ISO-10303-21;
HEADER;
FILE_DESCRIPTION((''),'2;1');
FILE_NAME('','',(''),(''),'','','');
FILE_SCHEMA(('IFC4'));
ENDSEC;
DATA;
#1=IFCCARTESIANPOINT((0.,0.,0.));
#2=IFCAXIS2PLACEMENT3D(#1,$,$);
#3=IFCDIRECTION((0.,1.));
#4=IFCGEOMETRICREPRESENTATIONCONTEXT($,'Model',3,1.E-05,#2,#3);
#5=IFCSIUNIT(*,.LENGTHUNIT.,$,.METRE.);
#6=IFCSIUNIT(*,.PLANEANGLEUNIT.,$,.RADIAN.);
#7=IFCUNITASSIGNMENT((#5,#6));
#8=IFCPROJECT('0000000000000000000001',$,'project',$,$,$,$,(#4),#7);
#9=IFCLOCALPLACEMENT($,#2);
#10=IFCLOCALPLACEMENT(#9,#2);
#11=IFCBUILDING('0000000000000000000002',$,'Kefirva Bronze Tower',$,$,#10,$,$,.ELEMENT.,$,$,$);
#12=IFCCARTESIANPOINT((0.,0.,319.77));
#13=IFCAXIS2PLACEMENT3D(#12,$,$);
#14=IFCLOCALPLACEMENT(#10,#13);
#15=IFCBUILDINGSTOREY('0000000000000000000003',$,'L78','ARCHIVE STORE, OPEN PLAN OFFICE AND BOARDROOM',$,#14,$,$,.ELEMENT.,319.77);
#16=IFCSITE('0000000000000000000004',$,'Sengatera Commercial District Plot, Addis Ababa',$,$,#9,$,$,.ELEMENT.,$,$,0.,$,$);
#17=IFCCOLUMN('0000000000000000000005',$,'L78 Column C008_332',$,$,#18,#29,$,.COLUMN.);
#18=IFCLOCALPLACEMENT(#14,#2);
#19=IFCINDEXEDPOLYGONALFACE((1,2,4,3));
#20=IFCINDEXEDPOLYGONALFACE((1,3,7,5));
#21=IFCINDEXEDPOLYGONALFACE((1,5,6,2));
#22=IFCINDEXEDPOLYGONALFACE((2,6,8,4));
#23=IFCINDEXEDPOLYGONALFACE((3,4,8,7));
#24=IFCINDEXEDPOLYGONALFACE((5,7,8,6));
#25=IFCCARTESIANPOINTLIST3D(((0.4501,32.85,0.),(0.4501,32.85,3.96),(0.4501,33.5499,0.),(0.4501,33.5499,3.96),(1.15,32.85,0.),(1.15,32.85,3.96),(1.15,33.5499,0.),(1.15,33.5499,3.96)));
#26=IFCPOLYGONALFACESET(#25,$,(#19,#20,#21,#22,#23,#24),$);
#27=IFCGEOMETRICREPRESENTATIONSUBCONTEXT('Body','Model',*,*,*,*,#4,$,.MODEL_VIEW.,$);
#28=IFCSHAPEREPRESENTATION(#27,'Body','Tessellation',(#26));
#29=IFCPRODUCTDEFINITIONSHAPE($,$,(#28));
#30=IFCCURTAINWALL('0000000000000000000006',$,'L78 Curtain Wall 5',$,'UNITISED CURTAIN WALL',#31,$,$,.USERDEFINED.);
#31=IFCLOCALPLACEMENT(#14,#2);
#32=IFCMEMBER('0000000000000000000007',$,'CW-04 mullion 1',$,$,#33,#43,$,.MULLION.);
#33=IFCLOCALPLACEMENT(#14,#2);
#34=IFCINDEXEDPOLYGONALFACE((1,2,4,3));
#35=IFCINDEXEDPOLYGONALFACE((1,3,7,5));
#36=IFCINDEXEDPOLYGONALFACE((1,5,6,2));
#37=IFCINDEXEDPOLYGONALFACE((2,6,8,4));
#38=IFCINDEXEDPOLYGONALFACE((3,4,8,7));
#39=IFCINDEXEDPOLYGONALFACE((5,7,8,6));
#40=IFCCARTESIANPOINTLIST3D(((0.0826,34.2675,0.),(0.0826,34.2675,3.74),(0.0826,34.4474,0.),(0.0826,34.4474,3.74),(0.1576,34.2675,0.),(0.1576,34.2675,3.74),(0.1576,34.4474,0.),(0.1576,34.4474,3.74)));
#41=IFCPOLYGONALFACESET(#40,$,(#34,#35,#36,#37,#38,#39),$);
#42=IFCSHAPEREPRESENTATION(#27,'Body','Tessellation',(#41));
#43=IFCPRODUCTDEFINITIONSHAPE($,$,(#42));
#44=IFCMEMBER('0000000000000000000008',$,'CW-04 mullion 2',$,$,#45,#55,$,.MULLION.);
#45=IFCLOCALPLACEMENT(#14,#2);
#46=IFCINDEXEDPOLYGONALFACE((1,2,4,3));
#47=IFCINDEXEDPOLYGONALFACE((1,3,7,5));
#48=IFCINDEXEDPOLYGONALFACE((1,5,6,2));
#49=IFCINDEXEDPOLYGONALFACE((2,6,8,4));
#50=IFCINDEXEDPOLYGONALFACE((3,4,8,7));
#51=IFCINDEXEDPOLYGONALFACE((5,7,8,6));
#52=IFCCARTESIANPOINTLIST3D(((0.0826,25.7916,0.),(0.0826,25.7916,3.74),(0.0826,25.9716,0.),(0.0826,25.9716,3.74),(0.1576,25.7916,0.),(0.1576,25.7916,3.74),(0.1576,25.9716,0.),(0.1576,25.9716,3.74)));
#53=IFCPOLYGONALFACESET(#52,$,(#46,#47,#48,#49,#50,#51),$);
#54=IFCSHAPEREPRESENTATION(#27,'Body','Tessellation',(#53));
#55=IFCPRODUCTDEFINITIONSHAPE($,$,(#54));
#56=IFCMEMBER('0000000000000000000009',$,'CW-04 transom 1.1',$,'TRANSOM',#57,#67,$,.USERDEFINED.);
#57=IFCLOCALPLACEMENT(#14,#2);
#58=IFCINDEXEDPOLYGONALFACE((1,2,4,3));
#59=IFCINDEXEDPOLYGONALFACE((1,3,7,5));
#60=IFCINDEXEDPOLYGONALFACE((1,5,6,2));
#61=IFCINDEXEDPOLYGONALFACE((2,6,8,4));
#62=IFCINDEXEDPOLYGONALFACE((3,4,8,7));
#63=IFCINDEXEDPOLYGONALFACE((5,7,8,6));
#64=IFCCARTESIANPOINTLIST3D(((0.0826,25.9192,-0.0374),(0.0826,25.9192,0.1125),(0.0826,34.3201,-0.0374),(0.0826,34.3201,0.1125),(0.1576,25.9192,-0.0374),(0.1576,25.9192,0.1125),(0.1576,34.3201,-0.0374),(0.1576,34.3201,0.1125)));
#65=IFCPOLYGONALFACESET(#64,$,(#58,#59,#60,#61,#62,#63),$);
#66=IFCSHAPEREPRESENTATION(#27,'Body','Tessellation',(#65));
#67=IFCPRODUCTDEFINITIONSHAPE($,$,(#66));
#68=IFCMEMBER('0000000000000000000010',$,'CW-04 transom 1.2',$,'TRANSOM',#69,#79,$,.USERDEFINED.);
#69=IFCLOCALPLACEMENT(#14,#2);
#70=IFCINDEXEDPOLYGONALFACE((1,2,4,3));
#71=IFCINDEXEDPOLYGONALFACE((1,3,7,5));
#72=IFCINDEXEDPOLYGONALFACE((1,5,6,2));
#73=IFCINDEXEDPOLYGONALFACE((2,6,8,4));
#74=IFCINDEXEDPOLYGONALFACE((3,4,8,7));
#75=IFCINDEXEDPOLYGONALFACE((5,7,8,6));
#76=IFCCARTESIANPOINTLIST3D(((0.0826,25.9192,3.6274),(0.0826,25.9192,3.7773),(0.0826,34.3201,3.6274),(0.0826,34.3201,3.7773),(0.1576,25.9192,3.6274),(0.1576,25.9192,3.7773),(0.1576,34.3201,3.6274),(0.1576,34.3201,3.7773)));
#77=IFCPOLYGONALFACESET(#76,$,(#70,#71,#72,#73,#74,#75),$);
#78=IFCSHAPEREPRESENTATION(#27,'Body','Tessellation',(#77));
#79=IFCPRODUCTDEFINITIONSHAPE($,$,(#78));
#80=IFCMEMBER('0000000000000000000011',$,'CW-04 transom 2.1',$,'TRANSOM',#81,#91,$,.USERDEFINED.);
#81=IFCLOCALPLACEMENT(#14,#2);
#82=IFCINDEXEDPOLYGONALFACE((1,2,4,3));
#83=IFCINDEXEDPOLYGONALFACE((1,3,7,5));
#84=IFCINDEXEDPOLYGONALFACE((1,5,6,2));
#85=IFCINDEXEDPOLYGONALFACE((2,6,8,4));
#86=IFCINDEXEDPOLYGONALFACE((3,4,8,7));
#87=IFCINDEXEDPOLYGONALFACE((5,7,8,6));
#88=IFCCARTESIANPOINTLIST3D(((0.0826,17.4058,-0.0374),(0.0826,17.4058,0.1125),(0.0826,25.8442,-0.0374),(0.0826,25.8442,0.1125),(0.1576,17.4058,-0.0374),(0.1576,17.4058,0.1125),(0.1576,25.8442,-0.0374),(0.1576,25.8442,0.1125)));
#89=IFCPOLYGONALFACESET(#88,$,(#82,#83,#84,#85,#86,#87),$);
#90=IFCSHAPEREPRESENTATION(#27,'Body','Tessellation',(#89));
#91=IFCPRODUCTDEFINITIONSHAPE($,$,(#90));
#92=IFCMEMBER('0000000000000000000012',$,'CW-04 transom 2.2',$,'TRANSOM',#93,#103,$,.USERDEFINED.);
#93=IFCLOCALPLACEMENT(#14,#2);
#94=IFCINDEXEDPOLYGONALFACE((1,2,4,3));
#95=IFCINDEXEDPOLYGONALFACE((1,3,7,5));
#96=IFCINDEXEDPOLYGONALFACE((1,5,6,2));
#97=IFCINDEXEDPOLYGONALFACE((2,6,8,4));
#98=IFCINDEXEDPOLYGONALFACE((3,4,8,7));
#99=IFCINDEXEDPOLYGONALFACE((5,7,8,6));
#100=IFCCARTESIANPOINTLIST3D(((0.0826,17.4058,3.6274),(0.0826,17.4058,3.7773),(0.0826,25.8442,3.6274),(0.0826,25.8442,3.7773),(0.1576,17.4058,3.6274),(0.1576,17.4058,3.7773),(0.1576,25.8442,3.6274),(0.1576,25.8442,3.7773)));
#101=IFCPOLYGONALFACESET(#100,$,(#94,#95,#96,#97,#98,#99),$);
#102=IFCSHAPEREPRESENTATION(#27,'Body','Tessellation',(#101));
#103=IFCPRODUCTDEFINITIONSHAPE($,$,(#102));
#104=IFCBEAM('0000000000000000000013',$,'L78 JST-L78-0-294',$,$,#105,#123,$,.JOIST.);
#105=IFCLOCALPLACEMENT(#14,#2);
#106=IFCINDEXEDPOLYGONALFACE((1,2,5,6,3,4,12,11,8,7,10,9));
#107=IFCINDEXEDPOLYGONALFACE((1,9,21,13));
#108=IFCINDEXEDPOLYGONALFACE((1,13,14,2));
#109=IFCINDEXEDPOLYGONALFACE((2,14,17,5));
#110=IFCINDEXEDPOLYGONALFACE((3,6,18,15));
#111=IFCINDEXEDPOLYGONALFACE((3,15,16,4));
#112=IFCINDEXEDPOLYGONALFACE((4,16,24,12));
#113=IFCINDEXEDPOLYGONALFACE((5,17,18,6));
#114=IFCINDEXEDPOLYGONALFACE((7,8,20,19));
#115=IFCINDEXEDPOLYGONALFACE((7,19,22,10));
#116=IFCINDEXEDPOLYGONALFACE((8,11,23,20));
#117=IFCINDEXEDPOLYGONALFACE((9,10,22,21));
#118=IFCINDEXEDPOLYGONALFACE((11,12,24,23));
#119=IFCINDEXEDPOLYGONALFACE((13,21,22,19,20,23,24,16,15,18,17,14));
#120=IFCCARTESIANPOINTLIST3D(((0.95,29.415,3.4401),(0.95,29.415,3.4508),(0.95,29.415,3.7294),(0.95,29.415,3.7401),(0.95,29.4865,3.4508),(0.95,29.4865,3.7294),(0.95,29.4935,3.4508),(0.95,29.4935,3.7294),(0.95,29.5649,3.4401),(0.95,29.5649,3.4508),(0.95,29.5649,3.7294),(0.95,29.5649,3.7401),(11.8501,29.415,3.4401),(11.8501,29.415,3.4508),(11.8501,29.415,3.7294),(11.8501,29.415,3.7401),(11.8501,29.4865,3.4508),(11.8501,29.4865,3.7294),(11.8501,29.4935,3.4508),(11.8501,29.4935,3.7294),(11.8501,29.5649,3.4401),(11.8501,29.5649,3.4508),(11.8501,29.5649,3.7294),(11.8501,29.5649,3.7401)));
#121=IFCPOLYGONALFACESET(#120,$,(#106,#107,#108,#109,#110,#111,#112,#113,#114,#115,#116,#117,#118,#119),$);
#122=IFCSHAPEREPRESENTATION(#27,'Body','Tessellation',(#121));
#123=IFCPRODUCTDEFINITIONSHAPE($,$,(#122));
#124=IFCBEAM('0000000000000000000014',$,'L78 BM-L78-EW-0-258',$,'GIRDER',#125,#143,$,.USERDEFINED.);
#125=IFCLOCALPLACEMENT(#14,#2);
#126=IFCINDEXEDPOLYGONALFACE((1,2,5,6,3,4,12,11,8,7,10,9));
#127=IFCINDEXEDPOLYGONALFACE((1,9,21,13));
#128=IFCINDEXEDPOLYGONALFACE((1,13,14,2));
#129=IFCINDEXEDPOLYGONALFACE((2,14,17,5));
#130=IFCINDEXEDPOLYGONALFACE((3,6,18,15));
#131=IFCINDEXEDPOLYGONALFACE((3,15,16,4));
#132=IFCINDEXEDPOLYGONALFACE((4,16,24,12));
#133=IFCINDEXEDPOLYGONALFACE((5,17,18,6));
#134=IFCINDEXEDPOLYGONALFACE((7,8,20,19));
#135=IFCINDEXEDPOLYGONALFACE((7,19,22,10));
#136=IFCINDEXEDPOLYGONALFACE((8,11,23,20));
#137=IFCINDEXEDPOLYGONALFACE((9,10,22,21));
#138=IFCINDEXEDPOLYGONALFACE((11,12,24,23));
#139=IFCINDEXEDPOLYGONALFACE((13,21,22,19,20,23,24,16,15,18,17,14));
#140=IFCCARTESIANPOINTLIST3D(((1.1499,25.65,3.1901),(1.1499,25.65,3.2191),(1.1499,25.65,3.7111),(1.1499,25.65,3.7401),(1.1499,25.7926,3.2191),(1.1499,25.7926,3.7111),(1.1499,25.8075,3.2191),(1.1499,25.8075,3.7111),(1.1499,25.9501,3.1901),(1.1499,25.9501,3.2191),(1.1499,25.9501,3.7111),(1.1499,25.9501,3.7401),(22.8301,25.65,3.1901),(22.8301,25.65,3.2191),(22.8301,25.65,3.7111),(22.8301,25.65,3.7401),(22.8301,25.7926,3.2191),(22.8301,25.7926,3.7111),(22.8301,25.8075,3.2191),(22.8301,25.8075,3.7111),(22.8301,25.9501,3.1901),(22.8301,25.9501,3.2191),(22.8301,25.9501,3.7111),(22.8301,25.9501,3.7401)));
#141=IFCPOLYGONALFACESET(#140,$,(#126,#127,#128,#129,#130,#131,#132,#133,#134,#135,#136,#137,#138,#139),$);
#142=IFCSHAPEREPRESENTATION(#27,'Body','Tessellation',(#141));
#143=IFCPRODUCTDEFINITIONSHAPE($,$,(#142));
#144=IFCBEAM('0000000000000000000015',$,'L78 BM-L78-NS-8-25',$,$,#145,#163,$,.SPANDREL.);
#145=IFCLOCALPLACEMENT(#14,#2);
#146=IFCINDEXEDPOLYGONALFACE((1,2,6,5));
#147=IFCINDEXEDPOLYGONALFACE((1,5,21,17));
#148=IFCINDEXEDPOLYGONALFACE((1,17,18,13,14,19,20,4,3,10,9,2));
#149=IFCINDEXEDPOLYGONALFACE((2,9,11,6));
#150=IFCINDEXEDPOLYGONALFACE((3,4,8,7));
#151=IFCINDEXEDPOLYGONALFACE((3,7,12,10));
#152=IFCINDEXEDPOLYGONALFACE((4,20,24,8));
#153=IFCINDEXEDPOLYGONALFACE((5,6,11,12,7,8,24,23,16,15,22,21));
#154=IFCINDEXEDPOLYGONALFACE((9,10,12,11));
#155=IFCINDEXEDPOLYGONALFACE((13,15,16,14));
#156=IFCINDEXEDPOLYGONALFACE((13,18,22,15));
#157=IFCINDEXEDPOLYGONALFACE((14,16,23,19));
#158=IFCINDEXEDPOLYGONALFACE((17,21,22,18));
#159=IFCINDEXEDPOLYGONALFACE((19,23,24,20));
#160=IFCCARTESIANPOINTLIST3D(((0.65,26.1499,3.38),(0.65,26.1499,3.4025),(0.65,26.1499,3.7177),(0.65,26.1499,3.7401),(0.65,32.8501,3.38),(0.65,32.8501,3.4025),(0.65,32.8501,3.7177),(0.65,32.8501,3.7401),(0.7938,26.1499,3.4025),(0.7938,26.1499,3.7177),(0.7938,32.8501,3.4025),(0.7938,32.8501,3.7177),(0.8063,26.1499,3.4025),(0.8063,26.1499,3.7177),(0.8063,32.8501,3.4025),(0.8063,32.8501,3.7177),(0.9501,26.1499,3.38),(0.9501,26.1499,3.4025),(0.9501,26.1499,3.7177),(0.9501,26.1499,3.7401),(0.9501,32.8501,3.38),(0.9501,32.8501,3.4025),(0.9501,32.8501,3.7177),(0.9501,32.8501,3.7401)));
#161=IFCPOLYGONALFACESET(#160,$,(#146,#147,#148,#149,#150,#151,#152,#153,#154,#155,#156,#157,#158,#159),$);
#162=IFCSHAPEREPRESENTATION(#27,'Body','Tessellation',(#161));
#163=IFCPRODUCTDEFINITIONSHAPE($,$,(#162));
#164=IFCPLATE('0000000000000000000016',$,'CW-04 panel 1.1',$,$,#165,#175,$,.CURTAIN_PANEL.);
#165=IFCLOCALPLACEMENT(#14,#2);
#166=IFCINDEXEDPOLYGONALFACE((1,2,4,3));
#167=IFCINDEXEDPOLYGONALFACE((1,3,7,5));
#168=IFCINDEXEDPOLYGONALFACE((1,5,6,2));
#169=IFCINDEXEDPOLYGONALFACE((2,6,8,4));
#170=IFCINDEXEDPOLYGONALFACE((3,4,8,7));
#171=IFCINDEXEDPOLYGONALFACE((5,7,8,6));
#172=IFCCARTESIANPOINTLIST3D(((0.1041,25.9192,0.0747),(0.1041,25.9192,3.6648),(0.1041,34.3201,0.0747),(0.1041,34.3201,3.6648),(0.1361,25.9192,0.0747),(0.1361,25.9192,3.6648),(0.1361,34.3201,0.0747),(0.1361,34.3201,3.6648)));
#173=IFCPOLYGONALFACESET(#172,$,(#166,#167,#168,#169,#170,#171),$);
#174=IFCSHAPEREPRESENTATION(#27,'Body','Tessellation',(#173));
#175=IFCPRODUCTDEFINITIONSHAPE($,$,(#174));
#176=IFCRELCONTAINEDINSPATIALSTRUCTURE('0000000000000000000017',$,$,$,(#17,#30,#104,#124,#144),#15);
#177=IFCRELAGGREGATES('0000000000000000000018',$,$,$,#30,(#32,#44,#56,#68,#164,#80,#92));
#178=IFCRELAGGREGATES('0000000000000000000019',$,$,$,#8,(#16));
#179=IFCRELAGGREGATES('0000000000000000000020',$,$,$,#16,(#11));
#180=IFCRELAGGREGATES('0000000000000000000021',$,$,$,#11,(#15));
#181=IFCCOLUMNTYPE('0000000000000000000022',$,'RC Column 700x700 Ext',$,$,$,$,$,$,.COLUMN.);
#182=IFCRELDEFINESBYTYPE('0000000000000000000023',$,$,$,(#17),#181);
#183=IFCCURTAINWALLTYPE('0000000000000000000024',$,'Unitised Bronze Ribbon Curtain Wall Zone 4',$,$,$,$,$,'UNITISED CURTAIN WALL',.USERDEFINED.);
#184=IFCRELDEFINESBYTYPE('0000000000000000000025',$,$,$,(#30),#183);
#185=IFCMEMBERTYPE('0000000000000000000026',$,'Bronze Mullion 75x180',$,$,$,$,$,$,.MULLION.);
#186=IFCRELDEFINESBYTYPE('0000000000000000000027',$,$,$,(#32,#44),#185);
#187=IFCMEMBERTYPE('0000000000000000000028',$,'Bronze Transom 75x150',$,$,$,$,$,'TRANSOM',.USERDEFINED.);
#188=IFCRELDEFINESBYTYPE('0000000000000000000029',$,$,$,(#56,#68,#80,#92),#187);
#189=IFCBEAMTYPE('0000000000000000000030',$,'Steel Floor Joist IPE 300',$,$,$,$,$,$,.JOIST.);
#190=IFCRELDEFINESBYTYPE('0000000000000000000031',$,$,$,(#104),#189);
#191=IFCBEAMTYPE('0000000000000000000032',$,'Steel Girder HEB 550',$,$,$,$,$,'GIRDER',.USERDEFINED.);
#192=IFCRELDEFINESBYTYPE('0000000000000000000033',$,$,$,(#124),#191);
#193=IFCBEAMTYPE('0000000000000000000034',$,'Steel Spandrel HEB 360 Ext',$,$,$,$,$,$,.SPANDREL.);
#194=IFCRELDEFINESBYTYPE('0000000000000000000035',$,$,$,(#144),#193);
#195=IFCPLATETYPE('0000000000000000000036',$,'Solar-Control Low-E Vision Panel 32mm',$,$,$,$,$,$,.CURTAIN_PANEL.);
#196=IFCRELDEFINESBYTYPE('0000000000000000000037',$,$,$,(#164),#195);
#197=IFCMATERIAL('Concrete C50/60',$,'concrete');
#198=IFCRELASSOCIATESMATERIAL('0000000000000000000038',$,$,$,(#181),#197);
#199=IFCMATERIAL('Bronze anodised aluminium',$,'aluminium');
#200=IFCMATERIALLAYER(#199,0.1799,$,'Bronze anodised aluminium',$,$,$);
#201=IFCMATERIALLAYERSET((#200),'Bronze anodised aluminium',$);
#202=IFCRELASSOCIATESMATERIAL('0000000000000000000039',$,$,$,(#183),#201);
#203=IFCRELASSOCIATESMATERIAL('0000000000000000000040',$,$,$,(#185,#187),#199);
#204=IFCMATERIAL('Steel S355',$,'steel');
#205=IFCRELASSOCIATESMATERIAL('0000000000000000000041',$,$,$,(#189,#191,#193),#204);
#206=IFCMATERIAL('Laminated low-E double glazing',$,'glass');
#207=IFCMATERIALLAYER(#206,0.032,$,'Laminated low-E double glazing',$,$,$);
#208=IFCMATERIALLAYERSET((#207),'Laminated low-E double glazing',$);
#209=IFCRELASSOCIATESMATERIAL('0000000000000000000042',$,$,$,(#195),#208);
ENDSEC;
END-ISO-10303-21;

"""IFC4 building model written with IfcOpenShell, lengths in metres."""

from ifc_helpers import new_model, si_unit, direction, frame, origin, origin_2d, place, context, subcontext, project, spatial, rectangle, i_section, extrude, material, layer, layer_set, material_profile, profile_set, type_object, element, aggregate, save


model = new_model("IFC4")

# Units and contexts
model_context = context("Model", 3, precision=1e-05, world=origin(), true_north=direction((0.0, 1.0)))
body_context = subcontext(model_context, "Body", "Model", "MODEL_VIEW")
ifc_project = project(units=[si_unit("LENGTHUNIT", "METRE"), si_unit("PLANEANGLEUNIT", "RADIAN")], contexts=[model_context])

# Site, building, storey
site_placement = place(None, origin())
site = spatial("IfcSite", under=ifc_project, at=site_placement, Name="Sengatera Commercial District Plot, Addis Ababa", CompositionType="ELEMENT", RefElevation=0.0)
building_placement = place(site_placement, origin())
building = spatial("IfcBuilding", under=site, at=building_placement, Name="Kefirva Bronze Tower", CompositionType="ELEMENT")
storey_placement = place(building_placement, frame((0.0, 0.0, 319.77)))
storey = spatial("IfcBuildingStorey", under=building, at=storey_placement, Name="L78", Description="ARCHIVE STORE, OPEN PLAN OFFICE AND BOARDROOM", CompositionType="ELEMENT", Elevation=319.77)

# Column
ifc_material_1 = material(Name="Concrete C50/60", Category="concrete")
ifc_material_profile_1 = material_profile(ifc_material_1, rectangle(XDim=0.7, YDim=0.7, at=origin_2d()), Name="RC 700x700")
ifc_profile_set_1 = profile_set([ifc_material_profile_1], Name="Concrete C50/60")
column_type = type_object("IfcColumnType", Name="RC Column 700x700 Ext", PredefinedType="COLUMN", material=ifc_profile_set_1)
column_placement = place(storey_placement, frame((0.8, 33.2, 0.0), z_axis=(0.0, 0.0, 1.0), x_axis=(1.0, 0.0, 0.0)))
element("IfcColumn", 1, at=column_placement, inside=storey, type_object=column_type, Name="L78 Column C008_332", PredefinedType="COLUMN", context=body_context, shape_type="SweptSolid", body=[
    extrude(rectangle(XDim=0.7, YDim=0.7, at=origin_2d()), origin(), (0.0, 0.0, 1.0), 3.96),
])

# Curtain wall, members
ifc_material_2 = material(Name="Bronze anodised aluminium", Category="aluminium")
ifc_layer_1 = layer(ifc_material_2, 0.1799, Name="Bronze anodised aluminium")
ifc_layer_set_1 = layer_set([ifc_layer_1], Name="Bronze anodised aluminium")
curtain_wall_type = type_object("IfcCurtainWallType", Name="Unitised Bronze Ribbon Curtain Wall Zone 4", ElementType="UNITISED CURTAIN WALL", PredefinedType="USERDEFINED", material=ifc_layer_set_1)
curtain_wall_placement = place(storey_placement, origin())
curtain_wall = element("IfcCurtainWall", 2, at=curtain_wall_placement, inside=storey, type_object=curtain_wall_type, Name="L78 Curtain Wall 5", ObjectType="UNITISED CURTAIN WALL", PredefinedType="USERDEFINED")
ifc_material_profile_2 = material_profile(ifc_material_2, rectangle(XDim=0.075, YDim=0.1799, at=origin_2d()), Name="ALU 75x180")
ifc_profile_set_2 = profile_set([ifc_material_profile_2], Name="Bronze anodised aluminium")
member_type_1 = type_object("IfcMemberType", Name="Bronze Mullion 75x180", PredefinedType="MULLION", material=ifc_profile_set_2)
member_1_placement = place(storey_placement, frame((0.1201, 34.3574, 0.0), z_axis=(0.0, 0.0, 1.0), x_axis=(1.0, 0.0, 0.0)))
member_1 = element("IfcMember", 3, at=member_1_placement, type_object=member_type_1, Name="CW-04 mullion 1", PredefinedType="MULLION", context=body_context, shape_type="SweptSolid", body=[
    extrude(rectangle(XDim=0.075, YDim=0.1799, at=origin_2d()), origin(), (0.0, 0.0, 1.0), 3.74),
])
member_2_placement = place(storey_placement, frame((0.1201, 25.8816, 0.0), z_axis=(0.0, 0.0, 1.0), x_axis=(1.0, 0.0, 0.0)))
member_2 = element("IfcMember", 4, at=member_2_placement, type_object=member_type_1, Name="CW-04 mullion 2", PredefinedType="MULLION", context=body_context, shape_type="SweptSolid", body=[
    extrude(rectangle(XDim=0.075, YDim=0.1799, at=origin_2d()), origin(), (0.0, 0.0, 1.0), 3.74),
])
ifc_material_profile_3 = material_profile(ifc_material_2, rectangle(XDim=0.075, YDim=0.1499, at=origin_2d()), Name="ALU 75x150")
ifc_profile_set_3 = profile_set([ifc_material_profile_3], Name="Bronze anodised aluminium")
member_type_2 = type_object("IfcMemberType", Name="Bronze Transom 75x150", ElementType="TRANSOM", PredefinedType="USERDEFINED", material=ifc_profile_set_3)
member_3_placement = place(storey_placement, frame((0.1201, 34.3201, 0.0376), z_axis=(0.0, -1.0, 0.0), x_axis=(1.0, 0.0, 0.0)))
member_3 = element("IfcMember", 5, at=member_3_placement, type_object=member_type_2, Name="CW-04 transom 1.1", ObjectType="TRANSOM", PredefinedType="USERDEFINED", context=body_context, shape_type="SweptSolid", body=[
    extrude(rectangle(XDim=0.075, YDim=0.1499, at=origin_2d()), origin(), (0.0, 0.0, 1.0), 8.4009),
])
member_4_placement = place(storey_placement, frame((0.1201, 34.3201, 3.7024), z_axis=(0.0, -1.0, 0.0), x_axis=(1.0, 0.0, 0.0)))
member_4 = element("IfcMember", 6, at=member_4_placement, type_object=member_type_2, Name="CW-04 transom 1.2", ObjectType="TRANSOM", PredefinedType="USERDEFINED", context=body_context, shape_type="SweptSolid", body=[
    extrude(rectangle(XDim=0.075, YDim=0.1499, at=origin_2d()), origin(), (0.0, 0.0, 1.0), 8.4009),
])
member_5_placement = place(storey_placement, frame((0.1201, 25.8442, 0.0376), z_axis=(0.0, -1.0, 0.0), x_axis=(1.0, 0.0, 0.0)))
member_5 = element("IfcMember", 7, at=member_5_placement, type_object=member_type_2, Name="CW-04 transom 2.1", ObjectType="TRANSOM", PredefinedType="USERDEFINED", context=body_context, shape_type="SweptSolid", body=[
    extrude(rectangle(XDim=0.075, YDim=0.1499, at=origin_2d()), origin(), (0.0, 0.0, 1.0), 8.4385),
])
member_6_placement = place(storey_placement, frame((0.1201, 25.8442, 3.7024), z_axis=(0.0, -1.0, 0.0), x_axis=(1.0, 0.0, 0.0)))
member_6 = element("IfcMember", 8, at=member_6_placement, type_object=member_type_2, Name="CW-04 transom 2.2", ObjectType="TRANSOM", PredefinedType="USERDEFINED", context=body_context, shape_type="SweptSolid", body=[
    extrude(rectangle(XDim=0.075, YDim=0.1499, at=origin_2d()), origin(), (0.0, 0.0, 1.0), 8.4385),
])

# Beams
ifc_material_3 = material(Name="Steel S355", Category="steel")
ifc_material_profile_4 = material_profile(ifc_material_3, i_section(OverallWidth=0.1499, OverallDepth=0.3, WebThickness=0.0071, FlangeThickness=0.0107, at=origin_2d()), Name="IPE 300")
ifc_profile_set_4 = profile_set([ifc_material_profile_4], Name="Steel S355")
beam_type_1 = type_object("IfcBeamType", Name="Steel Floor Joist IPE 300", PredefinedType="JOIST", material=ifc_profile_set_4)
beam_1_placement = place(storey_placement, frame((0.95, 29.49, 3.5901), z_axis=(1.0, 0.0, 0.0), x_axis=(0.0, 1.0, 0.0)))
element("IfcBeam", 9, at=beam_1_placement, inside=storey, type_object=beam_type_1, Name="L78 JST-L78-0-294", PredefinedType="JOIST", context=body_context, shape_type="SweptSolid", body=[
    extrude(i_section(OverallWidth=0.1499, OverallDepth=0.3, WebThickness=0.0071, FlangeThickness=0.0107, at=origin_2d()), origin(), (0.0, 0.0, 1.0), 10.9001),
])
ifc_material_profile_5 = material_profile(ifc_material_3, i_section(OverallWidth=0.3, OverallDepth=0.55, WebThickness=0.0149, FlangeThickness=0.0291, at=origin_2d()), Name="HEB 550")
ifc_profile_set_5 = profile_set([ifc_material_profile_5], Name="Steel S355")
beam_type_2 = type_object("IfcBeamType", Name="Steel Girder HEB 550", ElementType="GIRDER", PredefinedType="USERDEFINED", material=ifc_profile_set_5)
beam_2_placement = place(storey_placement, frame((1.1499, 25.8, 3.4651), z_axis=(1.0, 0.0, 0.0), x_axis=(0.0, 1.0, 0.0)))
element("IfcBeam", 10, at=beam_2_placement, inside=storey, type_object=beam_type_2, Name="L78 BM-L78-EW-0-258", ObjectType="GIRDER", PredefinedType="USERDEFINED", context=body_context, shape_type="SweptSolid", body=[
    extrude(i_section(OverallWidth=0.3, OverallDepth=0.55, WebThickness=0.0149, FlangeThickness=0.0291, at=origin_2d()), origin(), (0.0, 0.0, 1.0), 21.6802),
])
ifc_material_profile_6 = material_profile(ifc_material_3, i_section(OverallWidth=0.3, OverallDepth=0.3601, WebThickness=0.0125, FlangeThickness=0.0225, at=origin_2d()), Name="HEB 360")
ifc_profile_set_6 = profile_set([ifc_material_profile_6], Name="Steel S355")
beam_type_3 = type_object("IfcBeamType", Name="Steel Spandrel HEB 360 Ext", PredefinedType="SPANDREL", material=ifc_profile_set_6)
beam_3_placement = place(storey_placement, frame((0.8, 26.1499, 3.5601), z_axis=(0.0, 1.0, 0.0), x_axis=(-1.0, 0.0, 0.0)))
element("IfcBeam", 11, at=beam_3_placement, inside=storey, type_object=beam_type_3, Name="L78 BM-L78-NS-8-25", PredefinedType="SPANDREL", context=body_context, shape_type="SweptSolid", body=[
    extrude(i_section(OverallWidth=0.3, OverallDepth=0.3601, WebThickness=0.0125, FlangeThickness=0.0225, at=origin_2d()), origin(), (0.0, 0.0, 1.0), 6.7002),
])

# Plate
ifc_material_4 = material(Name="Laminated low-E double glazing", Category="glass")
ifc_layer_2 = layer(ifc_material_4, 0.032, Name="Laminated low-E double glazing")
ifc_layer_set_2 = layer_set([ifc_layer_2], Name="Laminated low-E double glazing")
plate_type = type_object("IfcPlateType", Name="Solar-Control Low-E Vision Panel 32mm", PredefinedType="CURTAIN_PANEL", material=ifc_layer_set_2)
plate_placement = place(storey_placement, frame((0.1201, 30.1196, 0.0747), z_axis=(0.0, 0.0, 1.0), x_axis=(0.0, -1.0, 0.0)))
plate = element("IfcPlate", 12, at=plate_placement, type_object=plate_type, Name="CW-04 panel 1.1", PredefinedType="CURTAIN_PANEL", context=body_context, shape_type="SweptSolid", body=[
    extrude(rectangle(XDim=8.4009, YDim=0.032, at=origin_2d()), origin(), (0.0, 0.0, 1.0), 3.5901),
])
aggregate(curtain_wall, [member_1, member_2, member_3, member_4, plate, member_5, member_6])

save(model, "model.ifc")
